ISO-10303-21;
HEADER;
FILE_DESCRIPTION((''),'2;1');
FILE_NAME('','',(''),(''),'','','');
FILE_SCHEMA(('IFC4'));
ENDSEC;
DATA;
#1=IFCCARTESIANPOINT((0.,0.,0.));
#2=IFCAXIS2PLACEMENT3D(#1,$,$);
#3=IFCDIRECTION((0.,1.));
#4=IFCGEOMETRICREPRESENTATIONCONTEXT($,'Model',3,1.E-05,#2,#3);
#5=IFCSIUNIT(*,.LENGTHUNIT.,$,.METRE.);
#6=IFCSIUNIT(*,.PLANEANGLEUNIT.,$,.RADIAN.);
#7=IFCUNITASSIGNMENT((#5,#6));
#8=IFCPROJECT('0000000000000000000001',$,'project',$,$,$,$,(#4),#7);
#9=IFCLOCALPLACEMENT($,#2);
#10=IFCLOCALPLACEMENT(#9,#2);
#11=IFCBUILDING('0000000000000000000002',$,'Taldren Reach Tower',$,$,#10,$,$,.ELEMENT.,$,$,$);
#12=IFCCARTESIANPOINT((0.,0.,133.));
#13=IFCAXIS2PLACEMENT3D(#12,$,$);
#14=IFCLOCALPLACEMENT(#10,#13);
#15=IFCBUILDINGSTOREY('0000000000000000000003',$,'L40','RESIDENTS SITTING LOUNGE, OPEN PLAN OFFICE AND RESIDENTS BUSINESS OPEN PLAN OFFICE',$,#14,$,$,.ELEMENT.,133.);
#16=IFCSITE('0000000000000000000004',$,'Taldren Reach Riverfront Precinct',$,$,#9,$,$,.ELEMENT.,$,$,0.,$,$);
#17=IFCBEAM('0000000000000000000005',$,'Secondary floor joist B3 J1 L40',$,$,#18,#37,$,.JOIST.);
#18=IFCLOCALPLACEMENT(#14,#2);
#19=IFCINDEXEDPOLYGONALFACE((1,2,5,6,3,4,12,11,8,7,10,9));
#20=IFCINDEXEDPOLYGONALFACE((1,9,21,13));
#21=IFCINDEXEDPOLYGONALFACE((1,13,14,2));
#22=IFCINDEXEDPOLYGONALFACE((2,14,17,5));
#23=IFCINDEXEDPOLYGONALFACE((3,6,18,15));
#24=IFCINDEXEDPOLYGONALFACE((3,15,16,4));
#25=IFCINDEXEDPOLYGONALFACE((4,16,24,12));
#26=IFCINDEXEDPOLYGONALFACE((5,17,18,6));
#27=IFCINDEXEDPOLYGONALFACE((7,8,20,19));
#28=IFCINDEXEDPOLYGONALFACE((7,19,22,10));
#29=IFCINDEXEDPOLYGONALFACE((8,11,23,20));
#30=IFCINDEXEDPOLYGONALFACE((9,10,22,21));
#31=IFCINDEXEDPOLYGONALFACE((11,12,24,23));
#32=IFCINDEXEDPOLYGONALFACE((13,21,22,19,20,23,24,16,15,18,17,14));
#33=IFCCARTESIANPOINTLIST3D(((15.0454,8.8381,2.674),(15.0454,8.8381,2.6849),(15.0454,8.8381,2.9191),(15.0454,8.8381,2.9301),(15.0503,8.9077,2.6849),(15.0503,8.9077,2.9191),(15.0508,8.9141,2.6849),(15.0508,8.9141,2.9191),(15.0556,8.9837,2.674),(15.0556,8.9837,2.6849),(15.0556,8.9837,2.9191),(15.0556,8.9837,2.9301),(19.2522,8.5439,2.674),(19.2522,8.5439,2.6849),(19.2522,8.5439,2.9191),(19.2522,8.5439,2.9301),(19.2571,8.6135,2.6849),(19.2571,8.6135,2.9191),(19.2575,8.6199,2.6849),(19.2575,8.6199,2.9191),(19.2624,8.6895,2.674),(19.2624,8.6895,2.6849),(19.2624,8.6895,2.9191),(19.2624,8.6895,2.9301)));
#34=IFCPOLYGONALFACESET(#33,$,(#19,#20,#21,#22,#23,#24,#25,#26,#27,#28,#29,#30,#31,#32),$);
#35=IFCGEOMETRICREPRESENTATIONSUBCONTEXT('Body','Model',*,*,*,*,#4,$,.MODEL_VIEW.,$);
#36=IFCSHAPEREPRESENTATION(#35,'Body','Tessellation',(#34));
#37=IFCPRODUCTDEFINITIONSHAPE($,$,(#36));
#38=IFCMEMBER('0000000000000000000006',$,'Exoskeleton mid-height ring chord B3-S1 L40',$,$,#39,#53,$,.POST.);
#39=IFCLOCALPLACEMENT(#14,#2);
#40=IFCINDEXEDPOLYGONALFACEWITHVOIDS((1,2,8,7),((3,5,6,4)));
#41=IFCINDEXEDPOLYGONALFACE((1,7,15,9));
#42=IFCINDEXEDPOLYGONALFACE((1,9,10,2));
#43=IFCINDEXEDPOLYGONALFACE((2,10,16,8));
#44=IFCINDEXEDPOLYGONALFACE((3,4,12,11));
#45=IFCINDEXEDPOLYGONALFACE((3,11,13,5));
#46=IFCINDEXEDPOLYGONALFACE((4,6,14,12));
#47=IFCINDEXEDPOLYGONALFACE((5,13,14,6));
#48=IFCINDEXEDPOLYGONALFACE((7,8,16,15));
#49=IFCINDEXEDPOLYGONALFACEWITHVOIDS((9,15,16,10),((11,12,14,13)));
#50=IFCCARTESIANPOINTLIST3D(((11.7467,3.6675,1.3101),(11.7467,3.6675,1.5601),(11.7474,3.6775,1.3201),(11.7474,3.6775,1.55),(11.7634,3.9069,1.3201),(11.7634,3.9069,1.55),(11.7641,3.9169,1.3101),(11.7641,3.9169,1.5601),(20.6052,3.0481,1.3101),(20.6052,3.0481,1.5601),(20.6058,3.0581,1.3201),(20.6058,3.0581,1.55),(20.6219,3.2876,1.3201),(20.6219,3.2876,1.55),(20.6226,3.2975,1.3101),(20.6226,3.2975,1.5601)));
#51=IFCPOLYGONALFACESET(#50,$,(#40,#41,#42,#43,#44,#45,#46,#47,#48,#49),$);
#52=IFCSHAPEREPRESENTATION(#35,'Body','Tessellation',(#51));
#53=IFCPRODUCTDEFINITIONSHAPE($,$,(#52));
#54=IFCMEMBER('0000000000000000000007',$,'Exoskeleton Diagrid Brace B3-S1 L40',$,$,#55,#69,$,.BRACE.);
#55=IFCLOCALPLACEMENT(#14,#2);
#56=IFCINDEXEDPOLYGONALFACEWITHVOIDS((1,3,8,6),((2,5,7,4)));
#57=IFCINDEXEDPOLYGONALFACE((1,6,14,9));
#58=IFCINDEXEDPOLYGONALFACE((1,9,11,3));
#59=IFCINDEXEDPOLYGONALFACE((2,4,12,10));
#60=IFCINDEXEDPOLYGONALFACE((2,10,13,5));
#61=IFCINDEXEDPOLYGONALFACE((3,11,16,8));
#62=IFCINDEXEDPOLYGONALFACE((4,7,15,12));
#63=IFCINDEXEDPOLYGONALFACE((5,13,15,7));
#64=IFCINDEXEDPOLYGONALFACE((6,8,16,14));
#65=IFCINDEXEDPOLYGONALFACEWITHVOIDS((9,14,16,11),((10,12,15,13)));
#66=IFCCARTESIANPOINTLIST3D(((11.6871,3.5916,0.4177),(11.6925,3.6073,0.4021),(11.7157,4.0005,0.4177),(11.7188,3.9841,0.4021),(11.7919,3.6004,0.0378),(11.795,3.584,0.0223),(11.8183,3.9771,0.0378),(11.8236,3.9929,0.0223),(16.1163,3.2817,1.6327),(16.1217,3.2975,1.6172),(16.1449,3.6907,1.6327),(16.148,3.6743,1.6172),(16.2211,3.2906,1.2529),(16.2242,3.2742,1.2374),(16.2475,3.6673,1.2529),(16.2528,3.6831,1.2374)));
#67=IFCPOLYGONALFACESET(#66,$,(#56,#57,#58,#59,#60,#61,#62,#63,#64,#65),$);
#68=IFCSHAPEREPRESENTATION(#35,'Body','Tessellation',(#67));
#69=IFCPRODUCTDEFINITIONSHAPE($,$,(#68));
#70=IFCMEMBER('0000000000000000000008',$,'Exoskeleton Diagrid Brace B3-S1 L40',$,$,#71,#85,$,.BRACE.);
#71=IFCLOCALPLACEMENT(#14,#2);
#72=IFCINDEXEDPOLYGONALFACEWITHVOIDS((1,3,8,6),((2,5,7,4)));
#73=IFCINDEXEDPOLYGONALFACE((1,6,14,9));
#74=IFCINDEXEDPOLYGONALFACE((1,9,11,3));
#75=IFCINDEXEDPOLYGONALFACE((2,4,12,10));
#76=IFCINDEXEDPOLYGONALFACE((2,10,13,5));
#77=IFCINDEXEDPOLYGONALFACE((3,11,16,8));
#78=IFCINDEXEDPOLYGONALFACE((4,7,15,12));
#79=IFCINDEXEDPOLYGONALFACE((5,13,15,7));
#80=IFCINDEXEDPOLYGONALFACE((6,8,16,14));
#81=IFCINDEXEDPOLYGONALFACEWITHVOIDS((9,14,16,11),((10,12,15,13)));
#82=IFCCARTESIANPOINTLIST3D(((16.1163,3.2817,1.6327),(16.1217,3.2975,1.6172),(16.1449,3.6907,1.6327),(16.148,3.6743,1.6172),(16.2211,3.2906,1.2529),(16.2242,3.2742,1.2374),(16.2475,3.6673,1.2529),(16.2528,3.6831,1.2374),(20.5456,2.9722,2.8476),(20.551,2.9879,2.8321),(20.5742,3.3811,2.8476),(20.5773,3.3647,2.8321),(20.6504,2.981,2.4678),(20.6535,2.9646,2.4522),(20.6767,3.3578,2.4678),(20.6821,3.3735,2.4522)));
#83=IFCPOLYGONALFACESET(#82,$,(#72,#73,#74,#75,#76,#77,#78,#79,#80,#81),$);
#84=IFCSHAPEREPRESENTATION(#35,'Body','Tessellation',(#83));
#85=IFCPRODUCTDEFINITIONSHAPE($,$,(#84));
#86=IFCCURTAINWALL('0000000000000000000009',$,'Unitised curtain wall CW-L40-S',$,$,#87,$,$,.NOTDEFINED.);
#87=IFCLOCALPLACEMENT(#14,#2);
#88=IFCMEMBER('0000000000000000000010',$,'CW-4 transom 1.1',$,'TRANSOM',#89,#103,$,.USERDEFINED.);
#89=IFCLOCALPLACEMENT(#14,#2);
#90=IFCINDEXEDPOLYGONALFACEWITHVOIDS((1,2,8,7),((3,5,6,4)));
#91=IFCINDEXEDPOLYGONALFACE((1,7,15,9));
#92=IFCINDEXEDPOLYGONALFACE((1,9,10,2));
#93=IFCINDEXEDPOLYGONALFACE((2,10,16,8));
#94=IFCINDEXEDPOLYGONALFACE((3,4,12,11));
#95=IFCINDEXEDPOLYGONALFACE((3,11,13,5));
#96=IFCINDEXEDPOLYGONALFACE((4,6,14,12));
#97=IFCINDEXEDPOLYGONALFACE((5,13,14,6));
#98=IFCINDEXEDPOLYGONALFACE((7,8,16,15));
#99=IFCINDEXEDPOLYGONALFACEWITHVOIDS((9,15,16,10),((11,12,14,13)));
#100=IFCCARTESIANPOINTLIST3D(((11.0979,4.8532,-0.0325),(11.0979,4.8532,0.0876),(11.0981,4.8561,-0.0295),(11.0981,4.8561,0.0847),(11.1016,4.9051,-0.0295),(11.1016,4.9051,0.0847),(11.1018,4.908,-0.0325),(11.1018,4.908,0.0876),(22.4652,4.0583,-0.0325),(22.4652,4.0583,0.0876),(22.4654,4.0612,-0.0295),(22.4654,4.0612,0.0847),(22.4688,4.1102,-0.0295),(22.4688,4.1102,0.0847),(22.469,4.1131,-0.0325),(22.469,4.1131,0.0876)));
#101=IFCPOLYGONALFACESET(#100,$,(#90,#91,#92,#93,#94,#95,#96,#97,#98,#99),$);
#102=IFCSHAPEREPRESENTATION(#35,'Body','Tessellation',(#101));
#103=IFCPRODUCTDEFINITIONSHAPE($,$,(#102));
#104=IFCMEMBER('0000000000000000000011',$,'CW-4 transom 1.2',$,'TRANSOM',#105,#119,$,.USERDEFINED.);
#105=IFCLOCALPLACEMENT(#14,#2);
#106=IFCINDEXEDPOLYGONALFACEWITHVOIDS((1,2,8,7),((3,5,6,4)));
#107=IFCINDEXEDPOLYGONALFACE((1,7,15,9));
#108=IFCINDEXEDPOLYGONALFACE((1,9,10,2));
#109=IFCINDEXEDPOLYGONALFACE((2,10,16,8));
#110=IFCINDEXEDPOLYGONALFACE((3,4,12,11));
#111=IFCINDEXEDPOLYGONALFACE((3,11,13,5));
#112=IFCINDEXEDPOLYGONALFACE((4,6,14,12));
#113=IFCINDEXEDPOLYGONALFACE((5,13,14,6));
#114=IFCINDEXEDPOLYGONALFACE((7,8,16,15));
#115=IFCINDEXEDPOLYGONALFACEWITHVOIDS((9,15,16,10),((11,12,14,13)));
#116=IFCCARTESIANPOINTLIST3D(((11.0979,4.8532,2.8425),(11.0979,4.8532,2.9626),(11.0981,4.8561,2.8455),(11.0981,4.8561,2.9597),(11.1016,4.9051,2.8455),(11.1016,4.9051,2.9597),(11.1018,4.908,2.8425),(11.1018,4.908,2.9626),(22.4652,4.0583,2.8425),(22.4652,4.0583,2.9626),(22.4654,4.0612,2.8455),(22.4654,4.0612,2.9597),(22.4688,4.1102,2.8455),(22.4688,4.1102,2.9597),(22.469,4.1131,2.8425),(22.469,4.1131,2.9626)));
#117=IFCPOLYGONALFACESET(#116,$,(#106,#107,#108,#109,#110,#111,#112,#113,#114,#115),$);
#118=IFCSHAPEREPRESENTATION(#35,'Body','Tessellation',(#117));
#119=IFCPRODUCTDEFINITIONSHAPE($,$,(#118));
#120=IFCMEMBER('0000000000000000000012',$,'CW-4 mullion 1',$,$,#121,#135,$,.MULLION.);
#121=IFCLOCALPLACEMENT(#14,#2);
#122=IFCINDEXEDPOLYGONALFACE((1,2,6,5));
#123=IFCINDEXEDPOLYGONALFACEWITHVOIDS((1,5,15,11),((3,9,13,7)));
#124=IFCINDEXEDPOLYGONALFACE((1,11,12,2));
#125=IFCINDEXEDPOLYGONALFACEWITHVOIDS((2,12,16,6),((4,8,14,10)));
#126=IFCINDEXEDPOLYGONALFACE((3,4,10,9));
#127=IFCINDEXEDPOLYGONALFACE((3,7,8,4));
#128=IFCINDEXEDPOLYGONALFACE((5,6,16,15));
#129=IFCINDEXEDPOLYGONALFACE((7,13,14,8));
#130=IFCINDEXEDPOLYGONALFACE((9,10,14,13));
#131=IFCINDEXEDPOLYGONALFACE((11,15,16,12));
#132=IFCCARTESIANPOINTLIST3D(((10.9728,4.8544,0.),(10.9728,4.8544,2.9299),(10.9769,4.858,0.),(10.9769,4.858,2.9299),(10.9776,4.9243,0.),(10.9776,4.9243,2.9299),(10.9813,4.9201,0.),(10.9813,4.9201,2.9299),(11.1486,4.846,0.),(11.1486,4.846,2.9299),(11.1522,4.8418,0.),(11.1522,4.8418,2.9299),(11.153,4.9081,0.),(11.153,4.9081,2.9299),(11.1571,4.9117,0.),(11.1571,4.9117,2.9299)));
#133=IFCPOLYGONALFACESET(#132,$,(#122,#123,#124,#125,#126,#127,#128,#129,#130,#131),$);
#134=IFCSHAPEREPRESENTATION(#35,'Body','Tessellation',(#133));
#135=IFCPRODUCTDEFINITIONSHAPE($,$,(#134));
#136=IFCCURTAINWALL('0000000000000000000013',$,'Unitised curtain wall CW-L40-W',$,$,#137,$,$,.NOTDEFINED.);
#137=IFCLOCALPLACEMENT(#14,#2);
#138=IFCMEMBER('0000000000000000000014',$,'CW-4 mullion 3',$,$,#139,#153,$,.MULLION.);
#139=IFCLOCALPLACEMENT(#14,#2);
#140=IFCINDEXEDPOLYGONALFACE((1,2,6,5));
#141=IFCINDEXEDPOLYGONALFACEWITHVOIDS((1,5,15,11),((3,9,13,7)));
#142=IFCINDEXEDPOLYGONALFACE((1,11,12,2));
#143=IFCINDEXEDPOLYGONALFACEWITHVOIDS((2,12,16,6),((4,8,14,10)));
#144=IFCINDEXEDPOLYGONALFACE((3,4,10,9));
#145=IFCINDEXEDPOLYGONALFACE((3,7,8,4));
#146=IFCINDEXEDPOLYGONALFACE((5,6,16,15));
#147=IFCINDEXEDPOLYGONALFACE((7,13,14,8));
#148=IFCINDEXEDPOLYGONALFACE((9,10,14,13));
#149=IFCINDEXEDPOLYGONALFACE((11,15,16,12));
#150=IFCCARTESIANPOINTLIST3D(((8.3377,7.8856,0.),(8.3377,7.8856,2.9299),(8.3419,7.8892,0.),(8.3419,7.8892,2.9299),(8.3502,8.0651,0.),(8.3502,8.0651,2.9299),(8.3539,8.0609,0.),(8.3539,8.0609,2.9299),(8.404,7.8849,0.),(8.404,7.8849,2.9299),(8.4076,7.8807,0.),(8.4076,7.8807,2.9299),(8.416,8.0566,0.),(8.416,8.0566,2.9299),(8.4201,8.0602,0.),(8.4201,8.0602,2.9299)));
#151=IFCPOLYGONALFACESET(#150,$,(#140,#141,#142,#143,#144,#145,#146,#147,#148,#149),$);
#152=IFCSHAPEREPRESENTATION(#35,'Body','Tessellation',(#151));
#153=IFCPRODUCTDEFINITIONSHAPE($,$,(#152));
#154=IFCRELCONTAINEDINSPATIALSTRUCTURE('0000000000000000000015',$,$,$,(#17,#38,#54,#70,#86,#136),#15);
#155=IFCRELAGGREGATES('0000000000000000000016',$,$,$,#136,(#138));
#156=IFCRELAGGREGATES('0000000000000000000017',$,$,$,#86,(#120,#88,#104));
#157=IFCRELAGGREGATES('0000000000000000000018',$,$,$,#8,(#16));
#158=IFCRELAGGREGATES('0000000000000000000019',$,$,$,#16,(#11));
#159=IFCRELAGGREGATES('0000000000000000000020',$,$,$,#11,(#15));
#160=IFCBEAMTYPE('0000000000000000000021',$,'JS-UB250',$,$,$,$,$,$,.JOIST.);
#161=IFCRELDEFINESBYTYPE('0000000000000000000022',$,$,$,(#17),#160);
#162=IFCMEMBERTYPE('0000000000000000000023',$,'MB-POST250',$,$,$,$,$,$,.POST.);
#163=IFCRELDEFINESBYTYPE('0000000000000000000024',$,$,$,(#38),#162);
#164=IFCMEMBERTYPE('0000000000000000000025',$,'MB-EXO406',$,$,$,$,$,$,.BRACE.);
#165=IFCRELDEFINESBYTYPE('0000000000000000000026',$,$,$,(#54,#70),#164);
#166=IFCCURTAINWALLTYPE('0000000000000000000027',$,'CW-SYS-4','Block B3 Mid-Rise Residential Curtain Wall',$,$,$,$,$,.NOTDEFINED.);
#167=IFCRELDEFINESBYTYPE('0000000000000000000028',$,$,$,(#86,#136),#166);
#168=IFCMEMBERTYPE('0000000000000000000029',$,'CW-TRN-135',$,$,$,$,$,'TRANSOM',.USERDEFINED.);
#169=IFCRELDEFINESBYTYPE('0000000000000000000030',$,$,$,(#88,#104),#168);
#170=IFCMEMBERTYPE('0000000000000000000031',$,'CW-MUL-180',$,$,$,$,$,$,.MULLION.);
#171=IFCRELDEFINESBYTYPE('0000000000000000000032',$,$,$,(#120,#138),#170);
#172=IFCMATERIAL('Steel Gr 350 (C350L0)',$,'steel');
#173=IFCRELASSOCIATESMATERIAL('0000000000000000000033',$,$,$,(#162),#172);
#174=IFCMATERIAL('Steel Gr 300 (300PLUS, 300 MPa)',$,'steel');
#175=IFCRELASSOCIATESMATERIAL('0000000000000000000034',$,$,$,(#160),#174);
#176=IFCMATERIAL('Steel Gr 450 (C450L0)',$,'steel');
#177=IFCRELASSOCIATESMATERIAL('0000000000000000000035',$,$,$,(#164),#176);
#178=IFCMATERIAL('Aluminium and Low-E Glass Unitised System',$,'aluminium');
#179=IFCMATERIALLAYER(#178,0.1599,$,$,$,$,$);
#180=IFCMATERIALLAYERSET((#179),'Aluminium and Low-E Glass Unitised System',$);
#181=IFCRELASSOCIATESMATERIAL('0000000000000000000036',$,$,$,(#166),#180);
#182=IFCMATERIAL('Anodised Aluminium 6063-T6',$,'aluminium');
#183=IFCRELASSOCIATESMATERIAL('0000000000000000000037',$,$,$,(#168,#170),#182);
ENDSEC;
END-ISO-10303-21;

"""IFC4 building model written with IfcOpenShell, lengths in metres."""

from ifc_helpers import new_model, si_unit, direction, frame, origin, origin_2d, place, context, subcontext, project, spatial, hollow_rectangle, i_section, extrude, source, transform, mapped, material, layer, layer_set, material_profile, profile_set, type_object, element, aggregate, save


model = new_model("IFC4")

# Units and contexts
model_context = context("Model", 3, precision=1e-05, world=origin(), true_north=direction((0.0, 1.0)))
body_context = subcontext(model_context, "Body", "Model", "MODEL_VIEW")
ifc_project = project(units=[si_unit("LENGTHUNIT", "METRE"), si_unit("PLANEANGLEUNIT", "RADIAN")], contexts=[model_context])

# Site, building, storey
site_placement = place(None, origin())
site = spatial("IfcSite", under=ifc_project, at=site_placement, Name="Taldren Reach Riverfront Precinct", CompositionType="ELEMENT", RefElevation=0.0)
building_placement = place(site_placement, origin())
building = spatial("IfcBuilding", under=site, at=building_placement, Name="Taldren Reach Tower", CompositionType="ELEMENT")
storey_placement = place(building_placement, frame((0.0, 0.0, 133.0)))
storey = spatial("IfcBuildingStorey", under=building, at=storey_placement, Name="L40", Description="RESIDENTS SITTING LOUNGE, OPEN PLAN OFFICE AND RESIDENTS BUSINESS OPEN PLAN OFFICE", CompositionType="ELEMENT", Elevation=133.0)

# Shared definitions
ifc_material_1 = material(Name="Steel Gr 450 (C450L0)", Category="steel")

# Shared definitions
ifc_material_2 = material(Name="Steel Gr 350 (C350L0)", Category="steel")
ifc_material_profile_1 = material_profile(ifc_material_2, hollow_rectangle(XDim=0.25, YDim=0.25, WallThickness=0.01, at=origin_2d()), Name="250x250x10.0SHS")
ifc_profile_set_1 = profile_set([ifc_material_profile_1], Name="Steel Gr 350 (C350L0)")
member_type_1 = type_object("IfcMemberType", Name="MB-POST250", PredefinedType="POST", material=ifc_profile_set_1)

# Beam
ifc_material_3 = material(Name="Steel Gr 300 (300PLUS, 300 MPa)", Category="steel")
ifc_material_profile_2 = material_profile(ifc_material_3, i_section(OverallWidth=0.146, OverallDepth=0.2561, WebThickness=0.0063, FlangeThickness=0.011, at=origin_2d()), Name="250UB37.3")
ifc_profile_set_2 = profile_set([ifc_material_profile_2], Name="Steel Gr 300 (300PLUS, 300 MPa)")
beam_type_1 = type_object("IfcBeamType", Name="JS-UB250", PredefinedType="JOIST", material=ifc_profile_set_2)
shared_shape_1 = source(origin(), body_context, "Body", "SweptSolid", [
    extrude(i_section(OverallWidth=0.146, OverallDepth=0.2561, WebThickness=0.0063, FlangeThickness=0.011, at=origin_2d()), origin(), (0.0, 0.0, 1.0), 4.217),
])
beam_1_placement = place(storey_placement, frame((15.0505, 8.9109, 2.802), z_axis=(0.997564, -0.069762, 0.0), x_axis=(0.069762, 0.997564, 0.0)))
element("IfcBeam", 1, at=beam_1_placement, inside=storey, type_object=beam_type_1, Name="Secondary floor joist B3 J1 L40", PredefinedType="JOIST", context=body_context, shape_type="MappedRepresentation", body=[
    mapped(shared_shape_1, transform((0.0, 0.0, 0.0), scale=1.0)),
])

# Members
shared_shape_2 = source(origin(), body_context, "Body", "SweptSolid", [
    extrude(hollow_rectangle(XDim=0.25, YDim=0.25, WallThickness=0.01, at=origin_2d()), origin(), (0.0, 0.0, 1.0), 8.8801),
])
member_1_placement = place(storey_placement, frame((11.7554, 3.7922, 1.4351), z_axis=(0.997564, -0.06975, 0.0), x_axis=(0.06975, 0.997564, 0.0)))
element("IfcMember", 2, at=member_1_placement, inside=storey, type_object=member_type_1, Name="Exoskeleton mid-height ring chord B3-S1 L40", PredefinedType="POST", context=body_context, shape_type="MappedRepresentation", body=[
    mapped(shared_shape_2, transform((0.0, 0.0, 0.0), scale=1.0)),
])
ifc_material_profile_3 = material_profile(ifc_material_1, hollow_rectangle(XDim=0.4099, YDim=0.4099, WallThickness=0.0161, at=origin_2d()), Name="410x410x16.0SHS")
ifc_profile_set_3 = profile_set([ifc_material_profile_3], Name="Steel Gr 450 (C450L0)")
member_type_2 = type_object("IfcMemberType", Name="MB-EXO406", PredefinedType="BRACE", material=ifc_profile_set_3)
shared_shape_3 = source(origin(), body_context, "Body", "SweptSolid", [
    extrude(hollow_rectangle(XDim=0.4099, YDim=0.4099, WallThickness=0.0161, at=origin_2d()), origin(), (0.0, 0.0, 1.0), 4.6033),
])
for number, where, z_axis, x_axis, name in (
    (3, (11.7554, 3.7922, 0.22), (0.962182, -0.067303, 0.263961), (0.069778, 0.997563, 0.0), "Exoskeleton Diagrid Brace B3-S1 L40"),
    (4, (16.1846, 3.4824, 1.4351), (0.962199, -0.067251, 0.263913), (0.069723, 0.997566, 0.0), "Exoskeleton Diagrid Brace B3-S1 L40"),
):
    element("IfcMember", number, at=place(storey_placement, frame(where, z_axis=z_axis, x_axis=x_axis)), inside=storey, type_object=member_type_2, Name=name, PredefinedType="BRACE", context=body_context, shape_type="MappedRepresentation", body=[
        mapped(shared_shape_3, transform((0.0, 0.0, 0.0), scale=1.0)),
    ])

# Curtain wall, members
ifc_material_4 = material(Name="Aluminium and Low-E Glass Unitised System", Category="aluminium")
ifc_layer_1 = layer(ifc_material_4, 0.1599)
ifc_layer_set_1 = layer_set([ifc_layer_1], Name="Aluminium and Low-E Glass Unitised System")
curtain_wall_type = type_object("IfcCurtainWallType", Name="CW-SYS-4", Description="Block B3 Mid-Rise Residential Curtain Wall", PredefinedType="NOTDEFINED", material=ifc_layer_set_1)
curtain_wall_1_placement = place(storey_placement, origin())
curtain_wall_1 = element("IfcCurtainWall", 5, at=curtain_wall_1_placement, inside=storey, type_object=curtain_wall_type, Name="Unitised curtain wall CW-L40-S", PredefinedType="NOTDEFINED")
ifc_material_5 = material(Name="Anodised Aluminium 6063-T6", Category="aluminium")
ifc_material_profile_4 = material_profile(ifc_material_5, hollow_rectangle(XDim=0.0549, YDim=0.1201, WallThickness=0.0029, at=origin_2d()), Name="ALU-120x55x3RHS")
ifc_profile_set_4 = profile_set([ifc_material_profile_4], Name="Anodised Aluminium 6063-T6")
member_type_3 = type_object("IfcMemberType", Name="CW-TRN-135", ElementType="TRANSOM", PredefinedType="USERDEFINED", material=ifc_profile_set_4)
shared_shape_4 = source(origin(), body_context, "Body", "SweptSolid", [
    extrude(hollow_rectangle(XDim=0.0549, YDim=0.1201, WallThickness=0.0029, at=origin_2d()), origin(), (0.0, 0.0, 1.0), 11.395),
])
member_2_placement = place(storey_placement, frame((11.0999, 4.8806, 0.0276), z_axis=(0.997564, -0.069761, 0.0), x_axis=(0.069761, 0.997564, 0.0)))
member_2 = element("IfcMember", 6, at=member_2_placement, type_object=member_type_3, Name="CW-4 transom 1.1", ObjectType="TRANSOM", PredefinedType="USERDEFINED", context=body_context, shape_type="MappedRepresentation", body=[
    mapped(shared_shape_4, transform((0.0, 0.0, 0.0), scale=1.0)),
])
member_3_placement = place(storey_placement, frame((11.0999, 4.8806, 2.9026), z_axis=(0.997564, -0.069761, 0.0), x_axis=(0.069761, 0.997564, 0.0)))
member_3 = element("IfcMember", 7, at=member_3_placement, type_object=member_type_3, Name="CW-4 transom 1.2", ObjectType="TRANSOM", PredefinedType="USERDEFINED", context=body_context, shape_type="MappedRepresentation", body=[
    mapped(shared_shape_4, transform((0.0, 0.0, 0.0), scale=1.0)),
])
ifc_material_profile_5 = material_profile(ifc_material_5, hollow_rectangle(XDim=0.0701, YDim=0.1799, WallThickness=0.0039, at=origin_2d()), Name="ALU-180x70x4RHS")
ifc_profile_set_5 = profile_set([ifc_material_profile_5], Name="Anodised Aluminium 6063-T6")
member_type_4 = type_object("IfcMemberType", Name="CW-MUL-180", PredefinedType="MULLION", material=ifc_profile_set_5)
shared_shape_5 = source(origin(), body_context, "Body", "SweptSolid", [
    extrude(hollow_rectangle(XDim=0.0701, YDim=0.1799, WallThickness=0.0039, at=origin_2d()), origin(), (0.0, 0.0, 1.0), 2.9299),
])
member_4_placement = place(storey_placement, frame((11.0649, 4.8831, 0.0), z_axis=(0.0, 0.0, 1.0), x_axis=(0.069757, 0.997564, 0.0)))
member_4 = element("IfcMember", 8, at=member_4_placement, type_object=member_type_4, Name="CW-4 mullion 1", PredefinedType="MULLION", context=body_context, shape_type="MappedRepresentation", body=[
    mapped(shared_shape_5, transform((0.0, 0.0, 0.0), scale=1.0)),
])

# Curtain wall, member
curtain_wall_2_placement = place(storey_placement, origin())
curtain_wall_2 = element("IfcCurtainWall", 9, at=curtain_wall_2_placement, inside=storey, type_object=curtain_wall_type, Name="Unitised curtain wall CW-L40-W", PredefinedType="NOTDEFINED")
member_5_placement = place(storey_placement, frame((8.3789, 7.9729, 0.0), z_axis=(0.0, 0.0, 1.0), x_axis=(0.997564, -0.069756, 0.0)))
member_5 = element("IfcMember", 10, at=member_5_placement, type_object=member_type_4, Name="CW-4 mullion 3", PredefinedType="MULLION", context=body_context, shape_type="MappedRepresentation", body=[
    mapped(shared_shape_5, transform((0.0, 0.0, 0.0), scale=1.0)),
])
aggregate(curtain_wall_2, [member_5])

aggregate(curtain_wall_1, [member_4, member_2, member_3])

save(model, "model.ifc")
